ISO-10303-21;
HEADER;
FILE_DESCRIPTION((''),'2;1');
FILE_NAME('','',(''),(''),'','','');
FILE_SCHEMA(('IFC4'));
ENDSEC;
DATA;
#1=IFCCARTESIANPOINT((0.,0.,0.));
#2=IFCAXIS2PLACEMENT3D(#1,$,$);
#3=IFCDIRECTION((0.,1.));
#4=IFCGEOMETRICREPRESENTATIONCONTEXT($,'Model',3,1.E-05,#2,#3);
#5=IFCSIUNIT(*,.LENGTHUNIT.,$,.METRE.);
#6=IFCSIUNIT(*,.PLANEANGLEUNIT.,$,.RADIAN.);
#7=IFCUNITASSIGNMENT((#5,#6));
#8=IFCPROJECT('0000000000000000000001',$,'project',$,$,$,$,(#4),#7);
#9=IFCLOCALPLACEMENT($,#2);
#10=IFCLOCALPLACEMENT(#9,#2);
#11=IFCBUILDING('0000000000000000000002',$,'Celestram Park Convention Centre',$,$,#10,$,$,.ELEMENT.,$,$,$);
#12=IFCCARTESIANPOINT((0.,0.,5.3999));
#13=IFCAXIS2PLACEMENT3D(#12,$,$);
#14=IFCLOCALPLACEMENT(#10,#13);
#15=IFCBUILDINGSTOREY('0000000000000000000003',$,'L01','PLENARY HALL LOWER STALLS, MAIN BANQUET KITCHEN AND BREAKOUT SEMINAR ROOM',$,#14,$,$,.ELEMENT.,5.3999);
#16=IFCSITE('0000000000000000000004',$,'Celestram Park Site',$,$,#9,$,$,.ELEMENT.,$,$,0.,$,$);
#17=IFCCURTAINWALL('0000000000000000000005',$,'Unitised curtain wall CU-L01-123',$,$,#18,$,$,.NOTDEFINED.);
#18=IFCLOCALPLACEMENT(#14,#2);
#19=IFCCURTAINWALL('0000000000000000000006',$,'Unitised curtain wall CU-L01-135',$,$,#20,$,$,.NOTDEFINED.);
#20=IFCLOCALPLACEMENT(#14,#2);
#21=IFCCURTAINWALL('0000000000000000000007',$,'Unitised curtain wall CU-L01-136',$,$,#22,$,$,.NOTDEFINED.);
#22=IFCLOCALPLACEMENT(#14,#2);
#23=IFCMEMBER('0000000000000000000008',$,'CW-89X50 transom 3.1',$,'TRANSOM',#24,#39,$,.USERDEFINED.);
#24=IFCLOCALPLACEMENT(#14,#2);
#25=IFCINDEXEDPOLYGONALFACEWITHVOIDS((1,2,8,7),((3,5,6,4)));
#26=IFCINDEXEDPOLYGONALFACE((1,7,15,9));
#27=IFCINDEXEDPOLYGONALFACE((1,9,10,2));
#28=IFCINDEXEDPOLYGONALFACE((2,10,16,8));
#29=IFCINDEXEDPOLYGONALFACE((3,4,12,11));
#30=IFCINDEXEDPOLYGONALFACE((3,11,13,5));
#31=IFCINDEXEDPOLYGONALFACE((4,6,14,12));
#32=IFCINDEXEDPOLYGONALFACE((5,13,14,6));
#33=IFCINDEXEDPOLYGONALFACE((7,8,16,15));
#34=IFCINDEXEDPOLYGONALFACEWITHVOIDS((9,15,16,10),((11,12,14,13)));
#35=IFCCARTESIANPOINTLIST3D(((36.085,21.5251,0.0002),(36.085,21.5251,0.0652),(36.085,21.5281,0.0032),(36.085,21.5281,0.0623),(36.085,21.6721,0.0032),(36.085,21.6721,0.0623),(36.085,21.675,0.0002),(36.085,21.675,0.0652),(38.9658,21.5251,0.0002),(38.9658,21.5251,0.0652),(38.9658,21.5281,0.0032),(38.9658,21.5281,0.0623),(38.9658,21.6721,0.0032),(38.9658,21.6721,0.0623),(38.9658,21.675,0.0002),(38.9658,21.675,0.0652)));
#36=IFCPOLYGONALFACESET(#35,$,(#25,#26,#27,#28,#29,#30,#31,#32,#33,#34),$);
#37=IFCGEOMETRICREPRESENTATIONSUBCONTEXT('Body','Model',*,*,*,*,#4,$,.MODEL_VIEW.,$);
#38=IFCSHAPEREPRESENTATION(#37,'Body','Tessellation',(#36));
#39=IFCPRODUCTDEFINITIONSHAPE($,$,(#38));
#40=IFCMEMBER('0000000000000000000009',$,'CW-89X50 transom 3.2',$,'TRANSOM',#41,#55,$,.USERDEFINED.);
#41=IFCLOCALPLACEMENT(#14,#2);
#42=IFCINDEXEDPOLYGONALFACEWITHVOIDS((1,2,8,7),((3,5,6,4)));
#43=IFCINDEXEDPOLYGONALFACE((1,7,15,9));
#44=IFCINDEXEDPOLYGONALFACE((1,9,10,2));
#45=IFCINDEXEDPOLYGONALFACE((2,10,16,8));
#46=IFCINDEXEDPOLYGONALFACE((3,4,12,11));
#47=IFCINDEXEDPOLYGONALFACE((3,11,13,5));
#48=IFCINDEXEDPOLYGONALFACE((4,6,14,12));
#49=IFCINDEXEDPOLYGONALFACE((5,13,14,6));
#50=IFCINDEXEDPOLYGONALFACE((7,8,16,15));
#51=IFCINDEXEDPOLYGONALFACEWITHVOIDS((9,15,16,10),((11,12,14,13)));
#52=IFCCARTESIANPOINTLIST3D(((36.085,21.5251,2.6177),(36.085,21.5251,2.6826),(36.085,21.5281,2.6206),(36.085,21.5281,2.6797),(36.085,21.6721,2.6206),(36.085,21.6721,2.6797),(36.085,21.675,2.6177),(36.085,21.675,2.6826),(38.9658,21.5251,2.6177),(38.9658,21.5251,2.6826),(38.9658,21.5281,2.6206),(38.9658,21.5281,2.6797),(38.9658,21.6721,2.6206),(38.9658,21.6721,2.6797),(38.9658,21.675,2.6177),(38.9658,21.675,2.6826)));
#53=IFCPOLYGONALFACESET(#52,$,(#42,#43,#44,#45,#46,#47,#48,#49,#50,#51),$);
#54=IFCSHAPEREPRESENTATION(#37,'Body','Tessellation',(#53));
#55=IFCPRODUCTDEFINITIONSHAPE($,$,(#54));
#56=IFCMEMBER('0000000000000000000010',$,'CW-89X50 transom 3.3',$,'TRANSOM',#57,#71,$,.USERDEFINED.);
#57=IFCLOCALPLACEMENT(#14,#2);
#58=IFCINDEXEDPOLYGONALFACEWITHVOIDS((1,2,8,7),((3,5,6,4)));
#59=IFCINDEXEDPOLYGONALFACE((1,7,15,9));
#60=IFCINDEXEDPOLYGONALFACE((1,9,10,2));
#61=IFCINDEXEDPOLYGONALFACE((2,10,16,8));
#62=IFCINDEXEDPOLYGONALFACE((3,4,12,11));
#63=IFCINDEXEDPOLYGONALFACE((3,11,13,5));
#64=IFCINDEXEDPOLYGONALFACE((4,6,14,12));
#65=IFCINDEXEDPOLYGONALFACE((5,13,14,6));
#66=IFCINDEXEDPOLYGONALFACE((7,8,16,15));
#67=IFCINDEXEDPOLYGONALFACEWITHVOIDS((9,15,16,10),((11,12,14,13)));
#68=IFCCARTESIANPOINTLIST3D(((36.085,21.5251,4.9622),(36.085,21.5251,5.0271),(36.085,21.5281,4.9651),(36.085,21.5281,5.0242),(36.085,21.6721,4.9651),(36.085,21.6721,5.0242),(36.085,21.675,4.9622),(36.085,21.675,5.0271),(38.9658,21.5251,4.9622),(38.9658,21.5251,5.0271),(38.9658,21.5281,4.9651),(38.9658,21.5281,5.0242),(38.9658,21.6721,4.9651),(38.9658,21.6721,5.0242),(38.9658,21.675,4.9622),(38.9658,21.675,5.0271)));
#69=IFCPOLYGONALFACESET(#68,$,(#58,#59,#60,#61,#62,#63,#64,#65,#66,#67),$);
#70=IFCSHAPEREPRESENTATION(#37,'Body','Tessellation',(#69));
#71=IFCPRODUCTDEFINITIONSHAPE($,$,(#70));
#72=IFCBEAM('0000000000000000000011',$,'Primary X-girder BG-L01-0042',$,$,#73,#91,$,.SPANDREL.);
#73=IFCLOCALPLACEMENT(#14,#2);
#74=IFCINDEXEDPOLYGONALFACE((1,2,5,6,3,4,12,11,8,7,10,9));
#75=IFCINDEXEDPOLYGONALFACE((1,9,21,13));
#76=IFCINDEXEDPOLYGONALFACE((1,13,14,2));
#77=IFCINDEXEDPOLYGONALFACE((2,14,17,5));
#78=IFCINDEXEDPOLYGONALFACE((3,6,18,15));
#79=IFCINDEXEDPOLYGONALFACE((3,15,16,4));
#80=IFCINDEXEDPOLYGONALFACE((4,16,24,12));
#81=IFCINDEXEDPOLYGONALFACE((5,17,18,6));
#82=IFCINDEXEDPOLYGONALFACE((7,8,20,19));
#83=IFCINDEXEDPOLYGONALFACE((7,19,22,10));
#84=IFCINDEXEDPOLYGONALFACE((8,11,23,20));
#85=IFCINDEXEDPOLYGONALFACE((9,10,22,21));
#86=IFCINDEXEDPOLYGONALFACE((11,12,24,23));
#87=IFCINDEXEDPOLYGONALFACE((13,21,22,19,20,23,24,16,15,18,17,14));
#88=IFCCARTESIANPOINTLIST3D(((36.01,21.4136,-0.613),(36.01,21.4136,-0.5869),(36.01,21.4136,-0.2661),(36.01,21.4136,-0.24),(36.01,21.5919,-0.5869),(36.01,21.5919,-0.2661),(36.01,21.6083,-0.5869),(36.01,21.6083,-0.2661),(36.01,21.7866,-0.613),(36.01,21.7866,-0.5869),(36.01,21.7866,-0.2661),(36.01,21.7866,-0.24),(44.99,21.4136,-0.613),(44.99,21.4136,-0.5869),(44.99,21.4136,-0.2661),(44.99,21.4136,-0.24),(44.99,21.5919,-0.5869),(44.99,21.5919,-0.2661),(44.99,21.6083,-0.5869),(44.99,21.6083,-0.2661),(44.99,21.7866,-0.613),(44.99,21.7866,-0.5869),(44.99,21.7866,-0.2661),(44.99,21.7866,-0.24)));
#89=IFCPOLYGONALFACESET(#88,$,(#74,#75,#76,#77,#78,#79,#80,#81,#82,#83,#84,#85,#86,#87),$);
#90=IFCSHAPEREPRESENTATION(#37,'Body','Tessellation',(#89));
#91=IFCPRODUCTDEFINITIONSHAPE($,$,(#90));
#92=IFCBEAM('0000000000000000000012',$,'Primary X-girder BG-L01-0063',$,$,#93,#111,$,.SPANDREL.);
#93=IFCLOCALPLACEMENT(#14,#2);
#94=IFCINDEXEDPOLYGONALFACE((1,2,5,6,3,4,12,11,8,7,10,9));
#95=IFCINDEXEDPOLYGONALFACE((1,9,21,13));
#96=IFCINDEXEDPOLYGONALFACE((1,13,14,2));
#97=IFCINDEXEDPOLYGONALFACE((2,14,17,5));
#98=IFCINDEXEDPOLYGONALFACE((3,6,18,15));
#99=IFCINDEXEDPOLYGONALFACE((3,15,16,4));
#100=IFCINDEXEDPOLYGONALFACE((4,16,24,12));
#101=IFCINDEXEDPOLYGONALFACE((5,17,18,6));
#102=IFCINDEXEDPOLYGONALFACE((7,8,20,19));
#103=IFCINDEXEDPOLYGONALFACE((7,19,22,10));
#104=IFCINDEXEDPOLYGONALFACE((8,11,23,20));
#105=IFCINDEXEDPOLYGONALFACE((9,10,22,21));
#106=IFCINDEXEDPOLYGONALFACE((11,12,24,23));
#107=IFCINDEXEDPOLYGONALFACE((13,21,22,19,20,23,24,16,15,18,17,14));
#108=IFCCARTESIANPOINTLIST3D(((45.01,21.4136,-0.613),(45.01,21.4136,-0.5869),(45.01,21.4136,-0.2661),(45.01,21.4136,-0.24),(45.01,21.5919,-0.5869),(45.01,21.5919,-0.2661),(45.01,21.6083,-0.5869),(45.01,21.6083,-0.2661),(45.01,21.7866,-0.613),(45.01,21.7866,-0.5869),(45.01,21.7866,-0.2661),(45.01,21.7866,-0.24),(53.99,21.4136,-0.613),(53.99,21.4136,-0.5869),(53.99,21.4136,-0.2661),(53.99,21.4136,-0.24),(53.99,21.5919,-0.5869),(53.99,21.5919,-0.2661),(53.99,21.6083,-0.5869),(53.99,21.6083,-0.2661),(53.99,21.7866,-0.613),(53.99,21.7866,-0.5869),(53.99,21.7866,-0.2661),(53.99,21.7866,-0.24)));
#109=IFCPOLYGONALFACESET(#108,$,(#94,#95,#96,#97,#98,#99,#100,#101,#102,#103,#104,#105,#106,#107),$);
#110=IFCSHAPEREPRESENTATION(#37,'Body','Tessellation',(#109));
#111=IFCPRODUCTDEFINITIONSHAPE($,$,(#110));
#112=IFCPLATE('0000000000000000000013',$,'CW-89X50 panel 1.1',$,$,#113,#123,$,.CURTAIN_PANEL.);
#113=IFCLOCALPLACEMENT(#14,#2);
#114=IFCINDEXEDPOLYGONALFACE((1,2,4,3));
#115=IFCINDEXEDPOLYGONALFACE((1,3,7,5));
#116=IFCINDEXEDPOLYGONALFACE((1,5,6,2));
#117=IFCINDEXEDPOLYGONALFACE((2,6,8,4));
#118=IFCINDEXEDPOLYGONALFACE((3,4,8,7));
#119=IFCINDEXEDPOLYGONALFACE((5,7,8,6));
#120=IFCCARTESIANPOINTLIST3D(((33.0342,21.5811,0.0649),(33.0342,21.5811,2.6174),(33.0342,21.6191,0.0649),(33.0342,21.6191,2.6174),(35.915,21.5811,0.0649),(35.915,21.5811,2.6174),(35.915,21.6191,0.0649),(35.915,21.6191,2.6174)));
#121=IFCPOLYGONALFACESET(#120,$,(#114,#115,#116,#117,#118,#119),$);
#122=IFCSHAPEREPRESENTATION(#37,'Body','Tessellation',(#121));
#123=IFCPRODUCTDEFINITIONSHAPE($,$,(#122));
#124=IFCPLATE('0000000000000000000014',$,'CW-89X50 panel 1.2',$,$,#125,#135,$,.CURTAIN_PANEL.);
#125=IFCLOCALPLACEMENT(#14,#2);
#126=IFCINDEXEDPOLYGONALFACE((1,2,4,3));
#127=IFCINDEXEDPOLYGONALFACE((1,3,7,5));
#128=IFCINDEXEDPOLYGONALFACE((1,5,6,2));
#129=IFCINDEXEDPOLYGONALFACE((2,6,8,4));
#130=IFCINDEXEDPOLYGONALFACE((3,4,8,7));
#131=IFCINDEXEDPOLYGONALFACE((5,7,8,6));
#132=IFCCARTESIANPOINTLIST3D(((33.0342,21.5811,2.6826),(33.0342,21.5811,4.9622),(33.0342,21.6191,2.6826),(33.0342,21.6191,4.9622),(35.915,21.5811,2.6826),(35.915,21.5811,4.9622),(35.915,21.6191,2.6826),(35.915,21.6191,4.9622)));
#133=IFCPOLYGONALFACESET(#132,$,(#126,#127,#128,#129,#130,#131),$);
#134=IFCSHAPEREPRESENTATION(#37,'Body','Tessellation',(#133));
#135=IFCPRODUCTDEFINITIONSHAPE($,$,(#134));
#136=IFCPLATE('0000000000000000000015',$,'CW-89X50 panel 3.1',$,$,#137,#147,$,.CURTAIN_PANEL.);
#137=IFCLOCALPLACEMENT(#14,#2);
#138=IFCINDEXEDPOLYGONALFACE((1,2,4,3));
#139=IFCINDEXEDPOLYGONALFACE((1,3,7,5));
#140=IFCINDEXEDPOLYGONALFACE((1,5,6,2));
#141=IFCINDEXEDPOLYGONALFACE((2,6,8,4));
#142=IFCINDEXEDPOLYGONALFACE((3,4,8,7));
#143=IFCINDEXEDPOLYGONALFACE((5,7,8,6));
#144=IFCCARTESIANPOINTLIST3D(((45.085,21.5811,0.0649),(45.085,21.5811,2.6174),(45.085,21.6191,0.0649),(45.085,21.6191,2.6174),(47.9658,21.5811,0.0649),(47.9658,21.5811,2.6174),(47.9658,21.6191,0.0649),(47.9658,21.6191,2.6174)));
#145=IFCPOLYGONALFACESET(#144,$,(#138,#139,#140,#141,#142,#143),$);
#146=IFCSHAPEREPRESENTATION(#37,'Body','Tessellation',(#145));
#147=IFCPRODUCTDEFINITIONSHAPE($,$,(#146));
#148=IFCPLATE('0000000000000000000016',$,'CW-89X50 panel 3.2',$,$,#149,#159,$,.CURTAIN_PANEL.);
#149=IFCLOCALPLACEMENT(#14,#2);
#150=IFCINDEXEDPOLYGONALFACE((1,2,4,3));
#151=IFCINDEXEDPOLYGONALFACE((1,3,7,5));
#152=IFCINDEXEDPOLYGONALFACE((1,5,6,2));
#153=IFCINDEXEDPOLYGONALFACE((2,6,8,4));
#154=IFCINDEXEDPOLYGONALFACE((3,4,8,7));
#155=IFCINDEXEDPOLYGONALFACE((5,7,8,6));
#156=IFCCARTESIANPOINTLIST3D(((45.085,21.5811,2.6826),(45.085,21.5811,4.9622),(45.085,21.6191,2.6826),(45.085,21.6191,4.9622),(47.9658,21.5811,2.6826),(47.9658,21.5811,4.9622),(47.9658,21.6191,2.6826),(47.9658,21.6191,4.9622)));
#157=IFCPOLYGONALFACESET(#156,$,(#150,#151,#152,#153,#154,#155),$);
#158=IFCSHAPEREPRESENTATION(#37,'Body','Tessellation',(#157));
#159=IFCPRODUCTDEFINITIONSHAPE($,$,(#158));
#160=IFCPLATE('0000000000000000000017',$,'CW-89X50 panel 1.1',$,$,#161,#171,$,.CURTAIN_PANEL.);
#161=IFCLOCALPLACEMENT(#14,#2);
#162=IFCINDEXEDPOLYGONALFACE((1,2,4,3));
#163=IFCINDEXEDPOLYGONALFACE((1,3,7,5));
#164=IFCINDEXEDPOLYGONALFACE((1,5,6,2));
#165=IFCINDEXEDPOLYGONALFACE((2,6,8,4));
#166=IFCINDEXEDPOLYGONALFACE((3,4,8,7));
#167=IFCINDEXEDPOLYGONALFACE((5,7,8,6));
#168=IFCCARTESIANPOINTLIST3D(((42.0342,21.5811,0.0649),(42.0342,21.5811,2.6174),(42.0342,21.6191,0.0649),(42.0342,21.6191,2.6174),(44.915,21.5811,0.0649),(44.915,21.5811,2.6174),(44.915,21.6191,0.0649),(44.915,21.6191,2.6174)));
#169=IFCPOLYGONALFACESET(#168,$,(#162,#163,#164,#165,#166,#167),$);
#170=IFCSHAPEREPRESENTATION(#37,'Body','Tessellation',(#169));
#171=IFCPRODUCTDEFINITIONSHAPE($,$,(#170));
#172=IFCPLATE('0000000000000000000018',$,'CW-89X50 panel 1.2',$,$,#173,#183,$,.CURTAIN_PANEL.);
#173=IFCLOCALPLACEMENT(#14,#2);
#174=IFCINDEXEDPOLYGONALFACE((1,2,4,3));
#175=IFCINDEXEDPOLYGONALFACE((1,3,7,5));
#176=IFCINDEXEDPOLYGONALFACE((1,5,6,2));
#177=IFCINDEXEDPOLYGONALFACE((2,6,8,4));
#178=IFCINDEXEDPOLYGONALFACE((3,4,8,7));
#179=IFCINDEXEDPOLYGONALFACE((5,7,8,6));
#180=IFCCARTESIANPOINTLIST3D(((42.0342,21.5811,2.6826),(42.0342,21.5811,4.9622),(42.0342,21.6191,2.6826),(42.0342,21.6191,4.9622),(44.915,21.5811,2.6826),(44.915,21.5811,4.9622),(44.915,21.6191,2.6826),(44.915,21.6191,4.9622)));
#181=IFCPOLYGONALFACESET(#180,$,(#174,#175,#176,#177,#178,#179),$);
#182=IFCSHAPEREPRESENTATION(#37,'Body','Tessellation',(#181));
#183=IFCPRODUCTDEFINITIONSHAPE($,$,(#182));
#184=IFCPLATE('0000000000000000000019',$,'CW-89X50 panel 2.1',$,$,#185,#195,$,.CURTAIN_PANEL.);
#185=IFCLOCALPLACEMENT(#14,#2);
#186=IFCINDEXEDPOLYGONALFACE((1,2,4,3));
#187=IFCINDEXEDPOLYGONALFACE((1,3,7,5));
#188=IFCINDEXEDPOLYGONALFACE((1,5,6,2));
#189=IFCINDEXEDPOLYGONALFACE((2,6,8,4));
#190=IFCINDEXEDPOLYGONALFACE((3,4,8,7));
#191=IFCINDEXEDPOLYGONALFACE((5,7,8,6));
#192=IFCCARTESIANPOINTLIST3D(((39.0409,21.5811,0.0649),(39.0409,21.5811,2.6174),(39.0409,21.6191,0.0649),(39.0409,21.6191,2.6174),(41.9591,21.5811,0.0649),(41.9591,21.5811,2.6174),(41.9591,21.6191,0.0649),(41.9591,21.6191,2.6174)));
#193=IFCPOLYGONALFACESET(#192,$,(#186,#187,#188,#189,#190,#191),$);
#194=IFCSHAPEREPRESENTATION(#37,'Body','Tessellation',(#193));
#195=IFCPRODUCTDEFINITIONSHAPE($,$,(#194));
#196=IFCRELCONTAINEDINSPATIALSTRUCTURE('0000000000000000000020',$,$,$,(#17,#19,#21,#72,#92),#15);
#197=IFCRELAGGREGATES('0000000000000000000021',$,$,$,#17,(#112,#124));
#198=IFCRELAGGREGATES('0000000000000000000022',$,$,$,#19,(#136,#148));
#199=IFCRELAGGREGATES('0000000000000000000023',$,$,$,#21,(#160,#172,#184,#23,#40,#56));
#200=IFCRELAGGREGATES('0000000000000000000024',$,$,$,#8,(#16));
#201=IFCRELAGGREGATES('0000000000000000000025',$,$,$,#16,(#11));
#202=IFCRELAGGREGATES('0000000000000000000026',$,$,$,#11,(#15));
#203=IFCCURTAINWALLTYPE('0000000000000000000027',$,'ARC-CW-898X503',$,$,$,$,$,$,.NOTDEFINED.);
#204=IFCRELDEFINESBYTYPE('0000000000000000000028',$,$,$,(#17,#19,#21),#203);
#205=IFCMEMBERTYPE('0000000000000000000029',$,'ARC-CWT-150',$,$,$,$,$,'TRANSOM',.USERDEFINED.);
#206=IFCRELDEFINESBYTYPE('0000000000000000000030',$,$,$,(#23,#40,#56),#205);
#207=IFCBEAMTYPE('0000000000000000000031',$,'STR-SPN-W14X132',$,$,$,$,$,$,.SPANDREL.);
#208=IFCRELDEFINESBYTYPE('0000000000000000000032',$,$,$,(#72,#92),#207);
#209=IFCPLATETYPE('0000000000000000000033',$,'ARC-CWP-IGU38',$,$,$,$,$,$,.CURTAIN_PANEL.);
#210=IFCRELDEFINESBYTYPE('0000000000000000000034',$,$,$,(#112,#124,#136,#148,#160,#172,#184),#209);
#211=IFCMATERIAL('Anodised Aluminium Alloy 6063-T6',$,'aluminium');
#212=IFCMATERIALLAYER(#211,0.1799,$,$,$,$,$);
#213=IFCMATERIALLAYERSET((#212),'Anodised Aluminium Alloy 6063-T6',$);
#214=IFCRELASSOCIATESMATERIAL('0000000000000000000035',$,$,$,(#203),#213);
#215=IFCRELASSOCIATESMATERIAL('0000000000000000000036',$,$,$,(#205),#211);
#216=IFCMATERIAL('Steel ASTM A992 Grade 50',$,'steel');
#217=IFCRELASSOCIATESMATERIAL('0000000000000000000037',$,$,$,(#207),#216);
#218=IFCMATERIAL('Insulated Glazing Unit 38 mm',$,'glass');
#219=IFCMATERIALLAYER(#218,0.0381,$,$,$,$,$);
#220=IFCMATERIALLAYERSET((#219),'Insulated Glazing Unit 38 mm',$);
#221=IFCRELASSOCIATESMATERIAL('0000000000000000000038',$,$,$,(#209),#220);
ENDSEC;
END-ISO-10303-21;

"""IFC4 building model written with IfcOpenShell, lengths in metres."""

from ifc_helpers import new_model, si_unit, direction, frame, origin, origin_2d, place, context, subcontext, project, spatial, rectangle, hollow_rectangle, i_section, extrude, material, layer, layer_set, material_profile, profile_set, type_object, element, aggregate, save


model = new_model("IFC4")

# Units and contexts
model_context = context("Model", 3, precision=1e-05, world=origin(), true_north=direction((0.0, 1.0)))
body_context = subcontext(model_context, "Body", "Model", "MODEL_VIEW")
ifc_project = project(units=[si_unit("LENGTHUNIT", "METRE"), si_unit("PLANEANGLEUNIT", "RADIAN")], contexts=[model_context])

# Site, building, storey
site_placement = place(None, origin())
site = spatial("IfcSite", under=ifc_project, at=site_placement, Name="Celestram Park Site", CompositionType="ELEMENT", RefElevation=0.0)
building_placement = place(site_placement, origin())
building = spatial("IfcBuilding", under=site, at=building_placement, Name="Celestram Park Convention Centre", CompositionType="ELEMENT")
storey_placement = place(building_placement, frame((0.0, 0.0, 5.3999)))
storey = spatial("IfcBuildingStorey", under=building, at=storey_placement, Name="L01", Description="PLENARY HALL LOWER STALLS, MAIN BANQUET KITCHEN AND BREAKOUT SEMINAR ROOM", CompositionType="ELEMENT", Elevation=5.3999)

# Shared definitions
ifc_material_1 = material(Name="Steel ASTM A992 Grade 50", Category="steel")

# Curtain wall
ifc_material_2 = material(Name="Anodised Aluminium Alloy 6063-T6", Category="aluminium")
ifc_layer_1 = layer(ifc_material_2, 0.1799)
ifc_layer_set_1 = layer_set([ifc_layer_1], Name="Anodised Aluminium Alloy 6063-T6")
curtain_wall_type = type_object("IfcCurtainWallType", Name="ARC-CW-898X503", PredefinedType="NOTDEFINED", material=ifc_layer_set_1)
curtain_wall_1_placement = place(storey_placement, origin())
curtain_wall_1 = element("IfcCurtainWall", 1, at=curtain_wall_1_placement, inside=storey, type_object=curtain_wall_type, Name="Unitised curtain wall CU-L01-123", PredefinedType="NOTDEFINED")

# Curtain walls
curtain_wall_2_placement = place(storey_placement, origin())
curtain_wall_2 = element("IfcCurtainWall", 2, at=curtain_wall_2_placement, inside=storey, type_object=curtain_wall_type, Name="Unitised curtain wall CU-L01-135", PredefinedType="NOTDEFINED")
curtain_wall_3_placement = place(storey_placement, origin())
curtain_wall_3 = element("IfcCurtainWall", 3, at=curtain_wall_3_placement, inside=storey, type_object=curtain_wall_type, Name="Unitised curtain wall CU-L01-136", PredefinedType="NOTDEFINED")

# Members
ifc_material_profile_1 = material_profile(ifc_material_2, hollow_rectangle(XDim=0.1499, YDim=0.0649, WallThickness=0.0029, at=origin_2d()), Name="ALU150X65X3")
ifc_profile_set_1 = profile_set([ifc_material_profile_1], Name="Anodised Aluminium Alloy 6063-T6")
member_type_1 = type_object("IfcMemberType", Name="ARC-CWT-150", ElementType="TRANSOM", PredefinedType="USERDEFINED", material=ifc_profile_set_1)
member_1_placement = place(storey_placement, frame((38.9658, 21.6001, 0.0327), z_axis=(-1.0, 0.0, 0.0), x_axis=(0.0, -1.0, 0.0)))
member_1 = element("IfcMember", 4, at=member_1_placement, type_object=member_type_1, Name="CW-89X50 transom 3.1", ObjectType="TRANSOM", PredefinedType="USERDEFINED", context=body_context, shape_type="SweptSolid", body=[
    extrude(hollow_rectangle(XDim=0.1499, YDim=0.0649, WallThickness=0.0029, at=origin_2d()), origin(), (0.0, 0.0, 1.0), 2.8809),
])
member_2_placement = place(storey_placement, frame((38.9658, 21.6001, 2.6501), z_axis=(-1.0, 0.0, 0.0), x_axis=(0.0, -1.0, 0.0)))
member_2 = element("IfcMember", 5, at=member_2_placement, type_object=member_type_1, Name="CW-89X50 transom 3.2", ObjectType="TRANSOM", PredefinedType="USERDEFINED", context=body_context, shape_type="SweptSolid", body=[
    extrude(hollow_rectangle(XDim=0.1499, YDim=0.0649, WallThickness=0.0029, at=origin_2d()), origin(), (0.0, 0.0, 1.0), 2.8809),
])
member_3_placement = place(storey_placement, frame((38.9658, 21.6001, 4.9946), z_axis=(-1.0, 0.0, 0.0), x_axis=(0.0, -1.0, 0.0)))
member_3 = element("IfcMember", 6, at=member_3_placement, type_object=member_type_1, Name="CW-89X50 transom 3.3", ObjectType="TRANSOM", PredefinedType="USERDEFINED", context=body_context, shape_type="SweptSolid", body=[
    extrude(hollow_rectangle(XDim=0.1499, YDim=0.0649, WallThickness=0.0029, at=origin_2d()), origin(), (0.0, 0.0, 1.0), 2.8809),
])

# Beams
ifc_material_profile_2 = material_profile(ifc_material_1, i_section(OverallWidth=0.373, OverallDepth=0.373, WebThickness=0.0164, FlangeThickness=0.0261, at=origin_2d()), Name="W14X132")
ifc_profile_set_2 = profile_set([ifc_material_profile_2], Name="Steel ASTM A992 Grade 50")
beam_type = type_object("IfcBeamType", Name="STR-SPN-W14X132", PredefinedType="SPANDREL", material=ifc_profile_set_2)
for number, where, z_axis, x_axis, name in (
    (7, (36.01, 21.6001, -0.4265), (1.0, 0.0, 0.0), (0.0, 1.0, 0.0), "Primary X-girder BG-L01-0042"),
    (8, (45.01, 21.6001, -0.4265), (1.0, 0.0, 0.0), (0.0, 1.0, 0.0), "Primary X-girder BG-L01-0063"),
):
    element("IfcBeam", number, at=place(storey_placement, frame(where, z_axis=z_axis, x_axis=x_axis)), inside=storey, type_object=beam_type, Name=name, PredefinedType="SPANDREL", context=body_context, shape_type="SweptSolid", body=[
        extrude(i_section(OverallWidth=0.373, OverallDepth=0.373, WebThickness=0.0164, FlangeThickness=0.0261, at=origin_2d()), origin(), (0.0, 0.0, 1.0), 8.98),
    ])

# Plates
ifc_material_3 = material(Name="Insulated Glazing Unit 38 mm", Category="glass")
ifc_layer_2 = layer(ifc_material_3, 0.0381)
ifc_layer_set_2 = layer_set([ifc_layer_2], Name="Insulated Glazing Unit 38 mm")
plate_type = type_object("IfcPlateType", Name="ARC-CWP-IGU38", PredefinedType="CURTAIN_PANEL", material=ifc_layer_set_2)
plate_1_placement = place(storey_placement, frame((34.4746, 21.6001, 0.0649), z_axis=(0.0, 0.0, 1.0), x_axis=(-1.0, 0.0, 0.0)))
plate_1 = element("IfcPlate", 9, at=plate_1_placement, type_object=plate_type, Name="CW-89X50 panel 1.1", PredefinedType="CURTAIN_PANEL", context=body_context, shape_type="SweptSolid", body=[
    extrude(rectangle(XDim=2.8809, YDim=0.0381, at=origin_2d()), origin(), (0.0, 0.0, 1.0), 2.5525),
])
plate_2_placement = place(storey_placement, frame((34.4746, 21.6001, 2.6826), z_axis=(0.0, 0.0, 1.0), x_axis=(-1.0, 0.0, 0.0)))
plate_2 = element("IfcPlate", 10, at=plate_2_placement, type_object=plate_type, Name="CW-89X50 panel 1.2", PredefinedType="CURTAIN_PANEL", context=body_context, shape_type="SweptSolid", body=[
    extrude(rectangle(XDim=2.8809, YDim=0.0381, at=origin_2d()), origin(), (0.0, 0.0, 1.0), 2.2795),
])
aggregate(curtain_wall_1, [plate_1, plate_2])
plate_3_placement = place(storey_placement, frame((46.5254, 21.6001, 0.0649), z_axis=(0.0, 0.0, 1.0), x_axis=(-1.0, 0.0, 0.0)))
plate_3 = element("IfcPlate", 11, at=plate_3_placement, type_object=plate_type, Name="CW-89X50 panel 3.1", PredefinedType="CURTAIN_PANEL", context=body_context, shape_type="SweptSolid", body=[
    extrude(rectangle(XDim=2.8809, YDim=0.0381, at=origin_2d()), origin(), (0.0, 0.0, 1.0), 2.5525),
])
plate_4_placement = place(storey_placement, frame((46.5254, 21.6001, 2.6826), z_axis=(0.0, 0.0, 1.0), x_axis=(-1.0, 0.0, 0.0)))
plate_4 = element("IfcPlate", 12, at=plate_4_placement, type_object=plate_type, Name="CW-89X50 panel 3.2", PredefinedType="CURTAIN_PANEL", context=body_context, shape_type="SweptSolid", body=[
    extrude(rectangle(XDim=2.8809, YDim=0.0381, at=origin_2d()), origin(), (0.0, 0.0, 1.0), 2.2795),
])
aggregate(curtain_wall_2, [plate_3, plate_4])
plate_5_placement = place(storey_placement, frame((43.4746, 21.6001, 0.0649), z_axis=(0.0, 0.0, 1.0), x_axis=(-1.0, 0.0, 0.0)))
plate_5 = element("IfcPlate", 13, at=plate_5_placement, type_object=plate_type, Name="CW-89X50 panel 1.1", PredefinedType="CURTAIN_PANEL", context=body_context, shape_type="SweptSolid", body=[
    extrude(rectangle(XDim=2.8809, YDim=0.0381, at=origin_2d()), origin(), (0.0, 0.0, 1.0), 2.5525),
])
plate_6_placement = place(storey_placement, frame((43.4746, 21.6001, 2.6826), z_axis=(0.0, 0.0, 1.0), x_axis=(-1.0, 0.0, 0.0)))
plate_6 = element("IfcPlate", 14, at=plate_6_placement, type_object=plate_type, Name="CW-89X50 panel 1.2", PredefinedType="CURTAIN_PANEL", context=body_context, shape_type="SweptSolid", body=[
    extrude(rectangle(XDim=2.8809, YDim=0.0381, at=origin_2d()), origin(), (0.0, 0.0, 1.0), 2.2795),
])
plate_7_placement = place(storey_placement, frame((40.5, 21.6001, 0.0649), z_axis=(0.0, 0.0, 1.0), x_axis=(-1.0, 0.0, 0.0)))
plate_7 = element("IfcPlate", 15, at=plate_7_placement, type_object=plate_type, Name="CW-89X50 panel 2.1", PredefinedType="CURTAIN_PANEL", context=body_context, shape_type="SweptSolid", body=[
    extrude(rectangle(XDim=2.9182, YDim=0.0381, at=origin_2d()), origin(), (0.0, 0.0, 1.0), 2.5525),
])
aggregate(curtain_wall_3, [plate_5, plate_6, plate_7, member_1, member_2, member_3])

save(model, "model.ifc")
